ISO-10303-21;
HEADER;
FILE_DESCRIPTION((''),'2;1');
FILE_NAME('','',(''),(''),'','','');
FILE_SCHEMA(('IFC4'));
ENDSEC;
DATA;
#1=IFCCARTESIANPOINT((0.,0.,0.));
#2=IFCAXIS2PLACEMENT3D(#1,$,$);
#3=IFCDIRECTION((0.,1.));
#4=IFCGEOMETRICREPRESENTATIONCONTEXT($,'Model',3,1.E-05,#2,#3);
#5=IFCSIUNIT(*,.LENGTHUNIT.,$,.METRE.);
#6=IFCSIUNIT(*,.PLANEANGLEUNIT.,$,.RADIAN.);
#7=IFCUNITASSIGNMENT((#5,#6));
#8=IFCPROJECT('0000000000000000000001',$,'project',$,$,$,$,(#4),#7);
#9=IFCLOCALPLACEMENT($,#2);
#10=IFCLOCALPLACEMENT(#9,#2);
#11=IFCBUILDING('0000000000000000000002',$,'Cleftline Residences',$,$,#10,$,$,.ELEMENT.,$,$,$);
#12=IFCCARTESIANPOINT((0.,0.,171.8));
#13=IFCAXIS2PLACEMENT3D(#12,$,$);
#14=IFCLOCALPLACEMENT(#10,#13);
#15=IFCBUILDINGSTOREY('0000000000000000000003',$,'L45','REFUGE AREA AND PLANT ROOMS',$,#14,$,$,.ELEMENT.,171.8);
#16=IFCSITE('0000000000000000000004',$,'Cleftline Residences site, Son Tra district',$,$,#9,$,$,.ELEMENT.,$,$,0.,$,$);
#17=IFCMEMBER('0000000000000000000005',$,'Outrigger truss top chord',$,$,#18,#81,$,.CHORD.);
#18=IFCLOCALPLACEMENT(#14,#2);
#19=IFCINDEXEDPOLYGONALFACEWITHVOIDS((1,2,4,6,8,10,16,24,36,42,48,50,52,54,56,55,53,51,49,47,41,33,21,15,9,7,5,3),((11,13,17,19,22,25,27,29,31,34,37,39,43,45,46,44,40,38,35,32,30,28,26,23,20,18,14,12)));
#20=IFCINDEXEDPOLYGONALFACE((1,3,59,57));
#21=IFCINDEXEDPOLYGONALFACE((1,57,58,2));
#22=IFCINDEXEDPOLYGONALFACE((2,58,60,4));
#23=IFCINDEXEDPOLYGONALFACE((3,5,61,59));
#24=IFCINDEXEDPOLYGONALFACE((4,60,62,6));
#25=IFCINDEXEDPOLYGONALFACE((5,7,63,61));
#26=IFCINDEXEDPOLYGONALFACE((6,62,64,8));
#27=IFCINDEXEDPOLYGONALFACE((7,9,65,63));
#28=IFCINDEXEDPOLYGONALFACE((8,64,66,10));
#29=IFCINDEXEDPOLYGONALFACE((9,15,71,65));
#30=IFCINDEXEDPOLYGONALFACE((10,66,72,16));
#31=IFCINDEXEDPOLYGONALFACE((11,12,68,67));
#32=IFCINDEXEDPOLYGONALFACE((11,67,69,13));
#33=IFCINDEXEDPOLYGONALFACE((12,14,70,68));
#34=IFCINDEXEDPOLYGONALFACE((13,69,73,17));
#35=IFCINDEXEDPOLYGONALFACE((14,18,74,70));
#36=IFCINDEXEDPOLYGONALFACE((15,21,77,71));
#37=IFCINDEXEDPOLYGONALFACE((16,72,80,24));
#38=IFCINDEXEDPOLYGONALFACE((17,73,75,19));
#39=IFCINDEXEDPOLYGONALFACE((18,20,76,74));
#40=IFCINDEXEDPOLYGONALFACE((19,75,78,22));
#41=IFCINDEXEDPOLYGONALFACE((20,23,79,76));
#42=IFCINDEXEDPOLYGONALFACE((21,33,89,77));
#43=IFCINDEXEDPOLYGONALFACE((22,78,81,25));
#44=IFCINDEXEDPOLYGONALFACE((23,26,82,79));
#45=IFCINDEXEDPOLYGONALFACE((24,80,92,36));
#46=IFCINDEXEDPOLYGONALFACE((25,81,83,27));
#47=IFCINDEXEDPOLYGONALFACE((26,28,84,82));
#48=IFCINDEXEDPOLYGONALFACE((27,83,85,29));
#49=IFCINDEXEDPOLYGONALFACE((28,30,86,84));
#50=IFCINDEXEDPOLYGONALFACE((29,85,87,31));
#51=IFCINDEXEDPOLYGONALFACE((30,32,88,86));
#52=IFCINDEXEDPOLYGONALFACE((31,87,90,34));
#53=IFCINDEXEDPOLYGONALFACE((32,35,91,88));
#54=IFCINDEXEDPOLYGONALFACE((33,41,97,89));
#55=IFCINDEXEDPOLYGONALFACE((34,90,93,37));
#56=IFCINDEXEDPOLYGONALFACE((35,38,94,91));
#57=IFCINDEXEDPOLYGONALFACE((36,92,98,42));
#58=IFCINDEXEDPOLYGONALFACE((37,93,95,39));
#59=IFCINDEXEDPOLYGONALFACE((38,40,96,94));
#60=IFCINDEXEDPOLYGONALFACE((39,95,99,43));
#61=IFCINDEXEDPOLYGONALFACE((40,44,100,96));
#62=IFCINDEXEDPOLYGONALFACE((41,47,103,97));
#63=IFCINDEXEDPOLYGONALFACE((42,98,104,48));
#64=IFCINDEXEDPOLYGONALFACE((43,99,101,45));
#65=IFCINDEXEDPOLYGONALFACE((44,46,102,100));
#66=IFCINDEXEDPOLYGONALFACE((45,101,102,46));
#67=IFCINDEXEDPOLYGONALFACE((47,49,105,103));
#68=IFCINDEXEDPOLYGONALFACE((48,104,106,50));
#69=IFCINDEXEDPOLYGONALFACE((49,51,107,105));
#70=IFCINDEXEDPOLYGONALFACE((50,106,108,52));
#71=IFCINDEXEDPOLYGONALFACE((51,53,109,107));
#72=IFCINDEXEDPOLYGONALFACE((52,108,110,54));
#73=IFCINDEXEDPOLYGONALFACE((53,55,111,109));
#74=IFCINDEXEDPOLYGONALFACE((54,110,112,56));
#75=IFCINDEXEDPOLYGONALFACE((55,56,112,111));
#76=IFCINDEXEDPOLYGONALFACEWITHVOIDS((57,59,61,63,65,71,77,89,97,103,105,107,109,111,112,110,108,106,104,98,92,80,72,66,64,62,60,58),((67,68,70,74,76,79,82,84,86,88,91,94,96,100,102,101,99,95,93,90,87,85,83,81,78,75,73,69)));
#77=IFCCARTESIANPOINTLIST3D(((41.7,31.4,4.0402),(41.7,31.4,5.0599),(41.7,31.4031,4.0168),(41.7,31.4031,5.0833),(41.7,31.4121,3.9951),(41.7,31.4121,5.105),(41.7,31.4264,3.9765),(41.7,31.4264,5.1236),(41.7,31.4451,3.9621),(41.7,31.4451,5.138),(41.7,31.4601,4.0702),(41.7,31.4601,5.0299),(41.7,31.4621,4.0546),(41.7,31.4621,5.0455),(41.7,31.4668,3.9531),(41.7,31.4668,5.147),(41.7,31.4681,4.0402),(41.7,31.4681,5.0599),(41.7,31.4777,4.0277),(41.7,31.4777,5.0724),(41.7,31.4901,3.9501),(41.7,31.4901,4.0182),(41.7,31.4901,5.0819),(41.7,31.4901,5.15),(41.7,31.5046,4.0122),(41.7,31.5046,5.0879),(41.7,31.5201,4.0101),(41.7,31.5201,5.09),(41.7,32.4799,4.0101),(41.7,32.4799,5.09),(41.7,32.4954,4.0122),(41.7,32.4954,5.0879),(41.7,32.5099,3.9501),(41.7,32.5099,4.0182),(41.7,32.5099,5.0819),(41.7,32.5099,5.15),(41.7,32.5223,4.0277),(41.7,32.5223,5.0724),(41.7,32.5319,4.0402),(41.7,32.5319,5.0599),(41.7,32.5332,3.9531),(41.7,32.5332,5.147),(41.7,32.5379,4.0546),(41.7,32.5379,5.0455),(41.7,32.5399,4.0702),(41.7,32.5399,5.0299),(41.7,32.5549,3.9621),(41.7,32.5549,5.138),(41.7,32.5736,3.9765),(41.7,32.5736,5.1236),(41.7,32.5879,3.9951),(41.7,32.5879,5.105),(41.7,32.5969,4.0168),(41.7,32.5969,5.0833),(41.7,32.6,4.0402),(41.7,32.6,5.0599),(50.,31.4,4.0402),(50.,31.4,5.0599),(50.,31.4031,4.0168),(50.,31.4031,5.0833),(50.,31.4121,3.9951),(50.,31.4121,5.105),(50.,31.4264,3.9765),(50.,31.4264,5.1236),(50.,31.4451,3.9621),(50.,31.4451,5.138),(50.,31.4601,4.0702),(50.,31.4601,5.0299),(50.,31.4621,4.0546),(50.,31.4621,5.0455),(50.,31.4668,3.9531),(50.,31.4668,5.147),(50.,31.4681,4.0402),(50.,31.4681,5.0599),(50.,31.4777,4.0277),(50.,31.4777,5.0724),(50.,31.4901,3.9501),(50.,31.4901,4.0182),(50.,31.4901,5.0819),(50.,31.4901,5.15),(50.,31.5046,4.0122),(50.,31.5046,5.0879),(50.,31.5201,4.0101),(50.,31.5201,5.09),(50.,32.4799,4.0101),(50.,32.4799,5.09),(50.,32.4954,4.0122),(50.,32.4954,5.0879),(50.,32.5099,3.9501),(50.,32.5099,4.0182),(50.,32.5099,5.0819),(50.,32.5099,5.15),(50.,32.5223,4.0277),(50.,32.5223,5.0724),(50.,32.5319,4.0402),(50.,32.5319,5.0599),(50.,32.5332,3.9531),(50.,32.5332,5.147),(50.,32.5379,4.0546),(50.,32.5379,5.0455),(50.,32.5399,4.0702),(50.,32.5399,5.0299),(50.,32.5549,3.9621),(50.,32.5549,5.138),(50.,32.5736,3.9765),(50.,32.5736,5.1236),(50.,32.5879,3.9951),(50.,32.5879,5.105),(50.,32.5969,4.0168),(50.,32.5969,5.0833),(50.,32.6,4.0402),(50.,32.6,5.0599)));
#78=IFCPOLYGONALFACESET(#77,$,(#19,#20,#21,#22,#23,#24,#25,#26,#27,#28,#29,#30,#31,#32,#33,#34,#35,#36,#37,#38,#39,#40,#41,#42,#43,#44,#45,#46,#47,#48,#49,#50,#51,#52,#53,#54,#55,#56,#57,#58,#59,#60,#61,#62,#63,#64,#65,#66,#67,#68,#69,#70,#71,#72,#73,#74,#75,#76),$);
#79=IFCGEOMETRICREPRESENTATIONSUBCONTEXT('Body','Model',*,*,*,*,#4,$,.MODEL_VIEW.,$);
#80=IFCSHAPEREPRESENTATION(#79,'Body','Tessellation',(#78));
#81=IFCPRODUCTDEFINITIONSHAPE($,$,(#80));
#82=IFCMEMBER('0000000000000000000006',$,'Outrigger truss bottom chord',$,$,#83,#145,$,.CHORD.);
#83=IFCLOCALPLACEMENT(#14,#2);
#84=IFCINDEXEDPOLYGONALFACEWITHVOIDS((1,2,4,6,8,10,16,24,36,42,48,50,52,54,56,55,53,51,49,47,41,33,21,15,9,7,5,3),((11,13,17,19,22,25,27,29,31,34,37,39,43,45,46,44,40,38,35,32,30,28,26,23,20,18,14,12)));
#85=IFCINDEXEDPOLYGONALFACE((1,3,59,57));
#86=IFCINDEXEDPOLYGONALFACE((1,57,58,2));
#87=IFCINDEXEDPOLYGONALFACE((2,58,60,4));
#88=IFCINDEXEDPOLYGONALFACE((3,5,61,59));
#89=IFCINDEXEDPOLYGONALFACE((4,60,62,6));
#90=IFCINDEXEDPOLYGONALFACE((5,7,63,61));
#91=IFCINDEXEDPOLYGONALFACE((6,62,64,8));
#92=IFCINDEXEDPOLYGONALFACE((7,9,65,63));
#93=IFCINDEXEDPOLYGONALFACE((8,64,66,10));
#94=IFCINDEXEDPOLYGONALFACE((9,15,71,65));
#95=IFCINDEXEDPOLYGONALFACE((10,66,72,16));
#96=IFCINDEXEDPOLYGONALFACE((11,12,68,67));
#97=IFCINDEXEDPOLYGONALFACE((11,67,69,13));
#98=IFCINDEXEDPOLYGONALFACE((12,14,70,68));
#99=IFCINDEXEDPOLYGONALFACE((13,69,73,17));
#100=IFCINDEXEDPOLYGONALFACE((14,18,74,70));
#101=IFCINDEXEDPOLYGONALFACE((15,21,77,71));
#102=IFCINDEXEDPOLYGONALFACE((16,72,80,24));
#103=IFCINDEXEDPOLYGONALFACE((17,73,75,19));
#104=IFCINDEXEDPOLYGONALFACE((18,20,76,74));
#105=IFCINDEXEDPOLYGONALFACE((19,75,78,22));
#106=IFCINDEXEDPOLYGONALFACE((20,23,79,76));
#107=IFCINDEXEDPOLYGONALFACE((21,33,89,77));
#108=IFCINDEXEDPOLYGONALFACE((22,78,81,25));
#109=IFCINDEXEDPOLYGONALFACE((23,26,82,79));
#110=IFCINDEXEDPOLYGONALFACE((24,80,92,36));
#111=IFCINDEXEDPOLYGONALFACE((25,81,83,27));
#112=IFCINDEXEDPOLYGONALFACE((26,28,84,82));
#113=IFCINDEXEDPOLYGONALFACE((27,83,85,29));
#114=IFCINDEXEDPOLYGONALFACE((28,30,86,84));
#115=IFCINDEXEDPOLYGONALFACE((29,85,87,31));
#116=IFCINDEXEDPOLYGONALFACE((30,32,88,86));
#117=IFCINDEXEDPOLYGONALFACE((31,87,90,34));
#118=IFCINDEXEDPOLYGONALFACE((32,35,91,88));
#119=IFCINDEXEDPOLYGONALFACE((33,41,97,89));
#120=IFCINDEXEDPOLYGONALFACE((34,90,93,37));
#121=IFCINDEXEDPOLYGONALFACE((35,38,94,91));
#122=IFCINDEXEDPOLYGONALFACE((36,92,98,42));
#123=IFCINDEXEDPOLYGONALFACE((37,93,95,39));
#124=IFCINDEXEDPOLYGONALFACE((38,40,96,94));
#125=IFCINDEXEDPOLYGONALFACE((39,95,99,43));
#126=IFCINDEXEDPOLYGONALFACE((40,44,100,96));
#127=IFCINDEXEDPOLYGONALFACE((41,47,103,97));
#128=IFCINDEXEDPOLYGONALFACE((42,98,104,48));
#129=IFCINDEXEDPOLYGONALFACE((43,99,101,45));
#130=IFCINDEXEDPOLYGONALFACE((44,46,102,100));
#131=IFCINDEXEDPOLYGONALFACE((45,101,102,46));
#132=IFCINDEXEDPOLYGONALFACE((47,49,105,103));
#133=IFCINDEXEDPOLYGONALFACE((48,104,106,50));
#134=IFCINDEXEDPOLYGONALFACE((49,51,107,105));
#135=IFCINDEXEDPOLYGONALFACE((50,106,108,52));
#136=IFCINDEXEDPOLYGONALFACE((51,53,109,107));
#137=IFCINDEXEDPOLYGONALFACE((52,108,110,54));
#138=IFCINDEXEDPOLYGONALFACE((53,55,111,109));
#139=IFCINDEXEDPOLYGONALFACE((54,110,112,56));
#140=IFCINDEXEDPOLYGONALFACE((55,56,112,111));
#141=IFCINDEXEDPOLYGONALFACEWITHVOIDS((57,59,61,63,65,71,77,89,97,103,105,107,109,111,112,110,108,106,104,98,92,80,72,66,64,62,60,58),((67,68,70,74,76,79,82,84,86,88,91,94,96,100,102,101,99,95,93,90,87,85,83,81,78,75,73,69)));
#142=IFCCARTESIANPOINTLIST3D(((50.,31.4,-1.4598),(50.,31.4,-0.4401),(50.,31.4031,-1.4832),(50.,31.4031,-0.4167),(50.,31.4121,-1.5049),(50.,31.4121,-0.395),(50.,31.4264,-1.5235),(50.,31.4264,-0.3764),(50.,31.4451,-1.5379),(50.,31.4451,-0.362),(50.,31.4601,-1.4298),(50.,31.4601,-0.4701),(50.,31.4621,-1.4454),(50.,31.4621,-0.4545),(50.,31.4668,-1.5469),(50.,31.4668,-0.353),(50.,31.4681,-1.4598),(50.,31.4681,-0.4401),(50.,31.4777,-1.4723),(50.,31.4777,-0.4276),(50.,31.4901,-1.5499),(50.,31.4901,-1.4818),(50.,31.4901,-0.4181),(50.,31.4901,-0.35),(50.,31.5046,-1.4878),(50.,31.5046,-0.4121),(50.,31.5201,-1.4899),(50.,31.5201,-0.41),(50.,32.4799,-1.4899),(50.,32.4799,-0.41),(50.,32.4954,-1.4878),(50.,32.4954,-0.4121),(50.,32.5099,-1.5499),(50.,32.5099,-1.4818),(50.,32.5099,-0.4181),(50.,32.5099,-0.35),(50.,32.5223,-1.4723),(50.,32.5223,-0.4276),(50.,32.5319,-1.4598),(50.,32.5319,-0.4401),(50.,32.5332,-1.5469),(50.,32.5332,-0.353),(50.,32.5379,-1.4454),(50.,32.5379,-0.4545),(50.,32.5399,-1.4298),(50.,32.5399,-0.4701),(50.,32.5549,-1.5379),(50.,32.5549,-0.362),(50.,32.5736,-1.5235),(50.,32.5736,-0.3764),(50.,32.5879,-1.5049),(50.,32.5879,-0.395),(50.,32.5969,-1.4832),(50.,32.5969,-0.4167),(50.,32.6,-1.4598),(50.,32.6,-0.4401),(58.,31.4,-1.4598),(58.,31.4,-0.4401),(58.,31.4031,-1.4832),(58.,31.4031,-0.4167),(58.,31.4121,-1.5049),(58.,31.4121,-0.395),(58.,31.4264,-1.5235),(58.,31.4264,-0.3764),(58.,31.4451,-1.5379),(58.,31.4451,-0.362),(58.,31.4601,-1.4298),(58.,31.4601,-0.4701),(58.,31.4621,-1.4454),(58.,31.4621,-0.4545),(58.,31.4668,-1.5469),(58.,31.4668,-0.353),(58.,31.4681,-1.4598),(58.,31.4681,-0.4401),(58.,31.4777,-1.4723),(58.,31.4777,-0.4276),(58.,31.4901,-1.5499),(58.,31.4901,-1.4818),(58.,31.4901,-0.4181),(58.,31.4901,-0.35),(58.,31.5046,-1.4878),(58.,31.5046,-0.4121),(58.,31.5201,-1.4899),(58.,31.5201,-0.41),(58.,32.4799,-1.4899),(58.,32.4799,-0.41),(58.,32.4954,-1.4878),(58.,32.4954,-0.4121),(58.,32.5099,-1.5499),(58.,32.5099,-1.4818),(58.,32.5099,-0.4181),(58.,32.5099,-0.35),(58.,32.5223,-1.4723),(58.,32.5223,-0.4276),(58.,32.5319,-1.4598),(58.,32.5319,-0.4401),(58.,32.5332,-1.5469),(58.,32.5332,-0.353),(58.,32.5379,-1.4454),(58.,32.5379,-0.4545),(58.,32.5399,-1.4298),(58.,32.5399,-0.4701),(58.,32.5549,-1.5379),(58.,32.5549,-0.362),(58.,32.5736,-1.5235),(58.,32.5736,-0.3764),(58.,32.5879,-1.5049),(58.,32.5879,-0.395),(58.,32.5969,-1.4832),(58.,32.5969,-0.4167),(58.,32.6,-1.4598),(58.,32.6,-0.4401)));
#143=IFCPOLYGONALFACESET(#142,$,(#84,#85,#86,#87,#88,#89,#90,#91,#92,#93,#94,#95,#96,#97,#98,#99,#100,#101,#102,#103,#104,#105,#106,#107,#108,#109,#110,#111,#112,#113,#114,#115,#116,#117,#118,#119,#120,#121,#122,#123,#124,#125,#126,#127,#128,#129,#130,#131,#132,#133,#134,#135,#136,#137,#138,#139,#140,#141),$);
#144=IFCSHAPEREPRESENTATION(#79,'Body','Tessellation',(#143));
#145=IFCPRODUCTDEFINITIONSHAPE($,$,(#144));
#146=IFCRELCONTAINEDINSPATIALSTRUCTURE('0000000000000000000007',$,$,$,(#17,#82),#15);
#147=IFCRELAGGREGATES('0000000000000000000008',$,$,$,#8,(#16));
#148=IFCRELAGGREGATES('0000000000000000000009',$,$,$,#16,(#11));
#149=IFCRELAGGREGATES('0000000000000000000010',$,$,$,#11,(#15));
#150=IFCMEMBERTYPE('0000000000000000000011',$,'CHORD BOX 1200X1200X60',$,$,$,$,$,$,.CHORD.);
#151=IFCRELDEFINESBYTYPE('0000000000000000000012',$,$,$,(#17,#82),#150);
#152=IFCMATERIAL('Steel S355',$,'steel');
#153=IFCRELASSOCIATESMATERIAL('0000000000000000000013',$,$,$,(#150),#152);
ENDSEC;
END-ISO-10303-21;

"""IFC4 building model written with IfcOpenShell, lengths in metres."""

from ifc_helpers import new_model, si_unit, direction, frame, origin, origin_2d, place, context, subcontext, project, spatial, hollow_rectangle, extrude, material, material_profile, profile_set, type_object, element, save


model = new_model("IFC4")

# Units and contexts
model_context = context("Model", 3, precision=1e-05, world=origin(), true_north=direction((0.0, 1.0)))
body_context = subcontext(model_context, "Body", "Model", "MODEL_VIEW")
ifc_project = project(units=[si_unit("LENGTHUNIT", "METRE"), si_unit("PLANEANGLEUNIT", "RADIAN")], contexts=[model_context])

# Site, building, storey
site_placement = place(None, origin())
site = spatial("IfcSite", under=ifc_project, at=site_placement, Name="Cleftline Residences site, Son Tra district", CompositionType="ELEMENT", RefElevation=0.0)
building_placement = place(site_placement, origin())
building = spatial("IfcBuilding", under=site, at=building_placement, Name="Cleftline Residences", CompositionType="ELEMENT")
storey_placement = place(building_placement, frame((0.0, 0.0, 171.8)))
storey = spatial("IfcBuildingStorey", under=building, at=storey_placement, Name="L45", Description="REFUGE AREA AND PLANT ROOMS", CompositionType="ELEMENT", Elevation=171.8)

# Members
ifc_material_1 = material(Name="Steel S355", Category="steel")
ifc_material_profile_1 = material_profile(ifc_material_1, hollow_rectangle(XDim=1.2, YDim=1.2, WallThickness=0.0601, InnerFilletRadius=0.0601, OuterFilletRadius=0.0901, at=origin_2d()))
ifc_profile_set_1 = profile_set([ifc_material_profile_1], Name="Steel S355")
member_type_1 = type_object("IfcMemberType", Name="CHORD BOX 1200X1200X60", PredefinedType="CHORD", material=ifc_profile_set_1)
for number, where, z_axis, x_axis, name in (
    (1, (41.7, 32.0, 4.55), (1.0, 0.0, 0.0), (0.0, 1.0, 0.0), "Outrigger truss top chord"),
):
    element("IfcMember", number, at=place(storey_placement, frame(where, z_axis=z_axis, x_axis=x_axis)), inside=storey, type_object=member_type_1, Name=name, PredefinedType="CHORD", context=body_context, shape_type="SweptSolid", body=[
        extrude(hollow_rectangle(XDim=1.2, YDim=1.2, WallThickness=0.0601, InnerFilletRadius=0.0601, OuterFilletRadius=0.0901, at=origin_2d()), origin(), (0.0, 0.0, 1.0), 8.3),
    ])
for number, where, z_axis, x_axis, name in (
    (2, (50.0, 32.0, -0.95), (1.0, 0.0, 0.0), (0.0, 1.0, 0.0), "Outrigger truss bottom chord"),
):
    element("IfcMember", number, at=place(storey_placement, frame(where, z_axis=z_axis, x_axis=x_axis)), inside=storey, type_object=member_type_1, Name=name, PredefinedType="CHORD", context=body_context, shape_type="SweptSolid", body=[
        extrude(hollow_rectangle(XDim=1.2, YDim=1.2, WallThickness=0.0601, InnerFilletRadius=0.0601, OuterFilletRadius=0.0901, at=origin_2d()), origin(), (0.0, 0.0, 1.0), 8.0),
    ])

save(model, "model.ifc")
